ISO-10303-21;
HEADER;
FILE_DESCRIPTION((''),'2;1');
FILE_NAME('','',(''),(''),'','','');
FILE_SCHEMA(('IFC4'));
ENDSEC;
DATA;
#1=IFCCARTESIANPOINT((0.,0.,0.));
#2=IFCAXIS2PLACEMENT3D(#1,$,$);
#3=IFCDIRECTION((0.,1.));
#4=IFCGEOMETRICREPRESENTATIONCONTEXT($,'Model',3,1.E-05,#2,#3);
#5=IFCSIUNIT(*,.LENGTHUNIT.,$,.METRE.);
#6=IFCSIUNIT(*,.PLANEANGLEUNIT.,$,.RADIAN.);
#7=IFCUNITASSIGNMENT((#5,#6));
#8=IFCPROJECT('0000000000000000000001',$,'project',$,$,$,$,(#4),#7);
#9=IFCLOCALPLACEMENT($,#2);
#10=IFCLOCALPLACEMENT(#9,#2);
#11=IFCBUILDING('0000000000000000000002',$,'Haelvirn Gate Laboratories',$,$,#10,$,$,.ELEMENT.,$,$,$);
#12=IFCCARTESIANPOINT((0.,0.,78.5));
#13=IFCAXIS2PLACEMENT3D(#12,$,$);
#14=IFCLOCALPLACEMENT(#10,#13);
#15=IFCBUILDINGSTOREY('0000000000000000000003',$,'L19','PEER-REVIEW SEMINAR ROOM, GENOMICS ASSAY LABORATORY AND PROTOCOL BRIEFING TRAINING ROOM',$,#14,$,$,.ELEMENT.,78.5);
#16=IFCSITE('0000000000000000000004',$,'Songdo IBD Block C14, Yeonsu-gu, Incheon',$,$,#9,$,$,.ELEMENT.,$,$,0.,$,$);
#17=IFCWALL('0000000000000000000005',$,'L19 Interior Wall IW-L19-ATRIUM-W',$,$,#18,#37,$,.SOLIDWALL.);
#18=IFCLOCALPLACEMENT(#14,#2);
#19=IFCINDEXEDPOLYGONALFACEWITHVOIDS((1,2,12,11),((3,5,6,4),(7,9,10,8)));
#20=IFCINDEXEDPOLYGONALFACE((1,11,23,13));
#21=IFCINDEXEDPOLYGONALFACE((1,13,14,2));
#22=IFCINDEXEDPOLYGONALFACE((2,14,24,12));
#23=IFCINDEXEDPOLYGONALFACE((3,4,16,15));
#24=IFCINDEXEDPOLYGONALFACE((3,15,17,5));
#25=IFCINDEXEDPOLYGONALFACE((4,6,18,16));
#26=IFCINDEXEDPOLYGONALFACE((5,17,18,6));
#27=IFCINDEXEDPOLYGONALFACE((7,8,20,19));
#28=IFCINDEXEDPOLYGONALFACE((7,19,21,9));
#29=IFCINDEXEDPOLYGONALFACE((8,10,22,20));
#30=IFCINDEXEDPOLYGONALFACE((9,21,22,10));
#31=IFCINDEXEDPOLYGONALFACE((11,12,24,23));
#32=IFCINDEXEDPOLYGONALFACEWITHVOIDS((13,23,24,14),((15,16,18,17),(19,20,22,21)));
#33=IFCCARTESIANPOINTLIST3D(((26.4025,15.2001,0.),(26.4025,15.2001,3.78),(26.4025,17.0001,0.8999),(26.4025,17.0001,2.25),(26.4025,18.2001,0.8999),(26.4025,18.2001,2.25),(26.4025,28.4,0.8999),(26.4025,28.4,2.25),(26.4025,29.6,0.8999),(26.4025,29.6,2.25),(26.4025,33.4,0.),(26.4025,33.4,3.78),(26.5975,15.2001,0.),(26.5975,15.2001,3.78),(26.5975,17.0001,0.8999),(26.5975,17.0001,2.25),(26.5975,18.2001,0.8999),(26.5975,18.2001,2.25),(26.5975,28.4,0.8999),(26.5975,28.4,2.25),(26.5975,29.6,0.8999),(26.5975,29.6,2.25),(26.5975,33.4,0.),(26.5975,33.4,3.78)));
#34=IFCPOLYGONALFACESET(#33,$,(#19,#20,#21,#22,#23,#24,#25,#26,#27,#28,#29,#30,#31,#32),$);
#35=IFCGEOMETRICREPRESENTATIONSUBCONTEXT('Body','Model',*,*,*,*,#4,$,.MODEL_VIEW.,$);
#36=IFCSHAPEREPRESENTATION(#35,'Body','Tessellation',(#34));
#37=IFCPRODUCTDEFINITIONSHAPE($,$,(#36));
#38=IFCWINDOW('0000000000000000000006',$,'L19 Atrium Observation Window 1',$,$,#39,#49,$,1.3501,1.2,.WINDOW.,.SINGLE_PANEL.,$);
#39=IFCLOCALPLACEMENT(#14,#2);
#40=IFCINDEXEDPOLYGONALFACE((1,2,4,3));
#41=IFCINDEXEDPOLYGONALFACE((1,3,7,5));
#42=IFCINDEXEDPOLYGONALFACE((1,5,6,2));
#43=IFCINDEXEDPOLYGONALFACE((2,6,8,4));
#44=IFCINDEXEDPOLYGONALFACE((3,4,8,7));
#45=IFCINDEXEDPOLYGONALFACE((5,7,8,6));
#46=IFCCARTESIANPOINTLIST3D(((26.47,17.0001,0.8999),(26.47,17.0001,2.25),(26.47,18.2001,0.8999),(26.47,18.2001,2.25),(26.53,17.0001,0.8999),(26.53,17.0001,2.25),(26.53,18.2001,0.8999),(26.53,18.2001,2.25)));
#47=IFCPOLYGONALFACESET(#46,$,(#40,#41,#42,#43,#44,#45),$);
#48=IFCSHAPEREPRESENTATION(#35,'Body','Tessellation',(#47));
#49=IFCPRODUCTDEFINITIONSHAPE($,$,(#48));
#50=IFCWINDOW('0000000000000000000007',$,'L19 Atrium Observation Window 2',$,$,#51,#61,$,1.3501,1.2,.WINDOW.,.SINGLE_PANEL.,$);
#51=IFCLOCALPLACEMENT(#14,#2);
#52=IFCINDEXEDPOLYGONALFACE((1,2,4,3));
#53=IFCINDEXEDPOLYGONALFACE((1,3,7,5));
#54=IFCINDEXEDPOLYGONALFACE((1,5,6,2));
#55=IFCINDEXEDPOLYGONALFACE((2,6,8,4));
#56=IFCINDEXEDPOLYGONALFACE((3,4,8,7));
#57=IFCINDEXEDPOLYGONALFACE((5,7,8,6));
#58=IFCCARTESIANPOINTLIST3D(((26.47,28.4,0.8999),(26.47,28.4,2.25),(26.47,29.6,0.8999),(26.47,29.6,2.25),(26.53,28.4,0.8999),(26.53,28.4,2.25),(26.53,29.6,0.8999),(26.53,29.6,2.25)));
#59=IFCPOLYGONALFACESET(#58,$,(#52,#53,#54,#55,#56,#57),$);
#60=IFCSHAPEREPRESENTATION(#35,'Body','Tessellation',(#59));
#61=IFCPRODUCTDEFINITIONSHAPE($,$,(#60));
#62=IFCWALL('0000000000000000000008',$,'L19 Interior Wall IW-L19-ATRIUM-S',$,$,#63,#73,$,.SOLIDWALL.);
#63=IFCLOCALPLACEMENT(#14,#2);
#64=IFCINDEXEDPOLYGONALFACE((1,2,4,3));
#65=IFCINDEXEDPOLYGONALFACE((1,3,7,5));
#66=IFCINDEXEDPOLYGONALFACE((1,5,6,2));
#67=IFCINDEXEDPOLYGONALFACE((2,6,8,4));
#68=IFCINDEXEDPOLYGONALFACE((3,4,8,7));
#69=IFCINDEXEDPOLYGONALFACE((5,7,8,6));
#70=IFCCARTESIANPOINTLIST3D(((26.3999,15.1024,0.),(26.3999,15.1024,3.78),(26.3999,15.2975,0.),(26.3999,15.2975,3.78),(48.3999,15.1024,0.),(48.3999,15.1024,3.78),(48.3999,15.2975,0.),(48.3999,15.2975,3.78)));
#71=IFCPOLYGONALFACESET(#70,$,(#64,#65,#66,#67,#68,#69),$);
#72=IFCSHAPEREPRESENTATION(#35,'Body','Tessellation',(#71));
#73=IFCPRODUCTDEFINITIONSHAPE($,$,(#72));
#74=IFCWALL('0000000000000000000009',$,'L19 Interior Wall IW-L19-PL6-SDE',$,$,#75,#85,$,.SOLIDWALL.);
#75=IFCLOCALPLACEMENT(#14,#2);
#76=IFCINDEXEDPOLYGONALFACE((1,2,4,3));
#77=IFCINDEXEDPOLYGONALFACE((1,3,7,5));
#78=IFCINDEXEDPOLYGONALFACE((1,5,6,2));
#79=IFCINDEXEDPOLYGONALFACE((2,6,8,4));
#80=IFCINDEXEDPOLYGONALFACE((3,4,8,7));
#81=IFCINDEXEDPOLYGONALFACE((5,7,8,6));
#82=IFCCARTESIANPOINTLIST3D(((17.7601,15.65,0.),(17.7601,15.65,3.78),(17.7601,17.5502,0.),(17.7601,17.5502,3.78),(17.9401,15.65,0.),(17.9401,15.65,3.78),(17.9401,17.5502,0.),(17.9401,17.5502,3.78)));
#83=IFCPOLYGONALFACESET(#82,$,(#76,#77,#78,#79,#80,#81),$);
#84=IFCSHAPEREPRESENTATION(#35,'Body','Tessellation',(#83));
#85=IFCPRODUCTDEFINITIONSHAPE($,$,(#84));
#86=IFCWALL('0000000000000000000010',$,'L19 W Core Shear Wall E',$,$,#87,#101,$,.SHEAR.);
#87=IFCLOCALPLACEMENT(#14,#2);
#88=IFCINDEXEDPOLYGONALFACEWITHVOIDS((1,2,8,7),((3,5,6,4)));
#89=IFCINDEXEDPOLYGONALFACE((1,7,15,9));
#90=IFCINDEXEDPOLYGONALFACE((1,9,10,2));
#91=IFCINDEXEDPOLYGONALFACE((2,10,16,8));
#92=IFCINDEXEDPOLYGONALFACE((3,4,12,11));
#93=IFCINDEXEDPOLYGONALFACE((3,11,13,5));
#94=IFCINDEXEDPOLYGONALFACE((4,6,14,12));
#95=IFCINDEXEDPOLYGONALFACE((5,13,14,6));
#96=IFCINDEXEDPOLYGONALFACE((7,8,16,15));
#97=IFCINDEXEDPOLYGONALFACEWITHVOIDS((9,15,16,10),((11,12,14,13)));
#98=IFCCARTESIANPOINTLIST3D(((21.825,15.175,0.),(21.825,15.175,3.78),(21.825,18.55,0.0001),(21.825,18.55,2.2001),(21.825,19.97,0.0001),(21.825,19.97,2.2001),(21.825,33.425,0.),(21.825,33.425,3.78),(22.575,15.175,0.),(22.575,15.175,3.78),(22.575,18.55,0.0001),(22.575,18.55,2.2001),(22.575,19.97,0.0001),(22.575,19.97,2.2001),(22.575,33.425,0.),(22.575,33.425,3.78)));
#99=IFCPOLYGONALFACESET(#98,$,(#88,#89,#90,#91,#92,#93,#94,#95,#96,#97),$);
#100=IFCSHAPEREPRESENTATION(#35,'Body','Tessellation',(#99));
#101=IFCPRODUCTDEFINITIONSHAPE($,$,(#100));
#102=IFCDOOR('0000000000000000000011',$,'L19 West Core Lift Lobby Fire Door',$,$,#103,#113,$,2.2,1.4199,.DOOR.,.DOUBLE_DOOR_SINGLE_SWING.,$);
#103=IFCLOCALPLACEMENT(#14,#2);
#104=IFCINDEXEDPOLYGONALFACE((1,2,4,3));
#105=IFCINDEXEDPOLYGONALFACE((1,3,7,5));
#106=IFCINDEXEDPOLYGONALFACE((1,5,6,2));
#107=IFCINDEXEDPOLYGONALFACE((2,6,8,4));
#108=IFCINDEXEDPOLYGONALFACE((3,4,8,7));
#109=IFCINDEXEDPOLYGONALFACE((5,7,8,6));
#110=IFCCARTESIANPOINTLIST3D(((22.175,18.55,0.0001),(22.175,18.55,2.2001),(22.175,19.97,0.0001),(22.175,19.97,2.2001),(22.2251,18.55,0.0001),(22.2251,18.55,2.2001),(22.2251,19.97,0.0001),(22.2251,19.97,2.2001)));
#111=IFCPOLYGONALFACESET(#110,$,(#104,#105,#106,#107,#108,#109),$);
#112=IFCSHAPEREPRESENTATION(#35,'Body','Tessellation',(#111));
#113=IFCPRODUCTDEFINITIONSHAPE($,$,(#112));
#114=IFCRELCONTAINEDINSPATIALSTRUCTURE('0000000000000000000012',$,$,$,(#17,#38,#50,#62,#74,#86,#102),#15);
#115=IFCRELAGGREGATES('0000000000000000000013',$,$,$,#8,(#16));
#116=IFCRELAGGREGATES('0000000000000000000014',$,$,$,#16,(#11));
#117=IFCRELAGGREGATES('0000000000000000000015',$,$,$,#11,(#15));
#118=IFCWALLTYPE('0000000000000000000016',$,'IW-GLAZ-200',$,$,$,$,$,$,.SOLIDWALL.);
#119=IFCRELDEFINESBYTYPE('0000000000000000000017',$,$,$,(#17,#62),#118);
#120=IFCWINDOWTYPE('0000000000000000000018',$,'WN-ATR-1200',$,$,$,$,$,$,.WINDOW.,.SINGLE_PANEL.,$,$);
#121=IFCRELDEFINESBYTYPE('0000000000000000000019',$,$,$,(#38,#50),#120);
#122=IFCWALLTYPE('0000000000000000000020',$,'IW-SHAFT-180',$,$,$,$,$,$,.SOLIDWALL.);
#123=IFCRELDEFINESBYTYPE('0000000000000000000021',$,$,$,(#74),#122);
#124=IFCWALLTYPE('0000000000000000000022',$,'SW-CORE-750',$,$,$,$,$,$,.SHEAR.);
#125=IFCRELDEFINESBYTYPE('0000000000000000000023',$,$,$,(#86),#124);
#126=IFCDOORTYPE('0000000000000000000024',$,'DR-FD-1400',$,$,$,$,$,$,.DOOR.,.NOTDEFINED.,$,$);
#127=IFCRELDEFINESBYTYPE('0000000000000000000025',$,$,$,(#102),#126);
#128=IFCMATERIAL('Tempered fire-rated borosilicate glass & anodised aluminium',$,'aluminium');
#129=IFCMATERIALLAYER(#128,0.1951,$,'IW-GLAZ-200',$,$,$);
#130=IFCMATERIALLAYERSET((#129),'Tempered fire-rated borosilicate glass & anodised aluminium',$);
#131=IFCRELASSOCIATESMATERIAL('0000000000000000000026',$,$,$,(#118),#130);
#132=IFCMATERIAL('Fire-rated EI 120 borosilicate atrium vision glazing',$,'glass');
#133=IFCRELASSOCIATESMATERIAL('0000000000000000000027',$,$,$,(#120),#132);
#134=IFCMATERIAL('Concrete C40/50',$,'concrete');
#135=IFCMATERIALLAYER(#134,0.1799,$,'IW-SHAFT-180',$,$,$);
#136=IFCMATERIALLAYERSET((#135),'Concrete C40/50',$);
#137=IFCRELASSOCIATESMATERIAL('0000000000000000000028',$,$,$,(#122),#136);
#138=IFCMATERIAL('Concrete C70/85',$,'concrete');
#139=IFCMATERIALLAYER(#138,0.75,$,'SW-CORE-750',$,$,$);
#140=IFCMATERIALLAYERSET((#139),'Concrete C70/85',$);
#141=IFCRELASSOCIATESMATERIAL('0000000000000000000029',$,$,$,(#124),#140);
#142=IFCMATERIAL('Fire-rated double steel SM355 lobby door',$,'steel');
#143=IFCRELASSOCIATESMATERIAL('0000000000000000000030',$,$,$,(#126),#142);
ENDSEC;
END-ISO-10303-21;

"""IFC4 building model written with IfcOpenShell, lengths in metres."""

from ifc_helpers import new_model, si_unit, direction, frame, frame_2d, origin, place, context, subcontext, project, spatial, rectangle, extrude, source, transform, mapped, material, layer, layer_set, type_object, type_shapes, element, fill, save


model = new_model("IFC4")

# Units and contexts
model_context = context("Model", 3, precision=1e-05, world=origin(), true_north=direction((0.0, 1.0)))
body_context = subcontext(model_context, "Body", "Model", "MODEL_VIEW")
ifc_project = project(units=[si_unit("LENGTHUNIT", "METRE"), si_unit("PLANEANGLEUNIT", "RADIAN")], contexts=[model_context])

# Site, building, storey
site_placement = place(None, origin())
site = spatial("IfcSite", under=ifc_project, at=site_placement, Name="Songdo IBD Block C14, Yeonsu-gu, Incheon", CompositionType="ELEMENT", RefElevation=0.0)
building_placement = place(site_placement, origin())
building = spatial("IfcBuilding", under=site, at=building_placement, Name="Haelvirn Gate Laboratories", CompositionType="ELEMENT")
storey_placement = place(building_placement, frame((0.0, 0.0, 78.5)))
storey = spatial("IfcBuildingStorey", under=building, at=storey_placement, Name="L19", Description="PEER-REVIEW SEMINAR ROOM, GENOMICS ASSAY LABORATORY AND PROTOCOL BRIEFING TRAINING ROOM", CompositionType="ELEMENT", Elevation=78.5)

# Shared definitions
ifc_material_1 = material(Name="Concrete C70/85", Category="concrete")

# Wall, openings, windows
ifc_material_2 = material(Name="Tempered fire-rated borosilicate glass & anodised aluminium", Category="aluminium")
ifc_layer_1 = layer(ifc_material_2, 0.1951, Name="IW-GLAZ-200")
ifc_layer_set_1 = layer_set([ifc_layer_1], Name="Tempered fire-rated borosilicate glass & anodised aluminium")
wall_type_1 = type_object("IfcWallType", Name="IW-GLAZ-200", PredefinedType="SOLIDWALL", material=ifc_layer_set_1)
wall_1_placement = place(storey_placement, frame((26.5, 15.2, 0.0), z_axis=(0.0, 0.0, 1.0), x_axis=(0.0, 1.0, 0.0)))
wall_1 = element("IfcWall", 1, at=wall_1_placement, inside=storey, type_object=wall_type_1, Name="L19 Interior Wall IW-L19-ATRIUM-W", PredefinedType="SOLIDWALL", context=body_context, shape_type="SweptSolid", body=[
    extrude(rectangle(XDim=18.2, YDim=0.1951, at=frame_2d((9.1001, 0.0))), origin(), (0.0, 0.0, 1.0), 3.78),
])
opening_1_placement = place(wall_1_placement, frame((1.8, 0.0, 0.8999)))
opening_1 = element("IfcOpeningElement", 2, at=opening_1_placement, cuts=wall_1, PredefinedType="OPENING", context=body_context, shape_type="SweptSolid", body=[
    extrude(rectangle(XDim=1.2, YDim=1.3501, at=frame_2d((0.6001, 0.675))), frame((0.0, 0.1074, 0.0), z_axis=(0.0, -1.0, 0.0), x_axis=(1.0, 0.0, 0.0)), (0.0, 0.0, 1.0), 0.2151),
])
opening_2_placement = place(wall_1_placement, frame((13.2, 0.0, 0.8999)))
opening_2 = element("IfcOpeningElement", 3, at=opening_2_placement, cuts=wall_1, PredefinedType="OPENING", context=body_context, shape_type="SweptSolid", body=[
    extrude(rectangle(XDim=1.2, YDim=1.3501, at=frame_2d((0.6001, 0.675))), frame((0.0, 0.1074, 0.0), z_axis=(0.0, -1.0, 0.0), x_axis=(1.0, 0.0, 0.0)), (0.0, 0.0, 1.0), 0.2151),
])
ifc_material_3 = material(Name="Fire-rated EI 120 borosilicate atrium vision glazing", Category="glass")
window_type = type_object("IfcWindowType", Name="WN-ATR-1200", PartitioningType="SINGLE_PANEL", PredefinedType="WINDOW", material=ifc_material_3)
shared_shape_1 = source(origin(), body_context, "Body", "SweptSolid", [
    extrude(rectangle(XDim=1.2, YDim=1.3501, at=frame_2d((0.6001, 0.675))), frame((0.0, 0.03, 0.0), z_axis=(0.0, -1.0, 0.0), x_axis=(1.0, 0.0, 0.0)), (0.0, 0.0, 1.0), 0.0601),
])
type_shapes(window_type, [shared_shape_1])
window_1_placement = place(opening_1_placement, origin())
window_1 = element("IfcWindow", 4, at=window_1_placement, inside=storey, type_object=window_type, Name="L19 Atrium Observation Window 1", OverallHeight=1.3501, OverallWidth=1.2, PartitioningType="SINGLE_PANEL", PredefinedType="WINDOW", context=body_context, shape_type="MappedRepresentation", body=[
    mapped(shared_shape_1, transform((0.0, 0.0, 0.0), scale=1.0)),
])
fill(opening_1, window_1)
window_2_placement = place(opening_2_placement, origin())
window_2 = element("IfcWindow", 5, at=window_2_placement, inside=storey, type_object=window_type, Name="L19 Atrium Observation Window 2", OverallHeight=1.3501, OverallWidth=1.2, PartitioningType="SINGLE_PANEL", PredefinedType="WINDOW", context=body_context, shape_type="MappedRepresentation", body=[
    mapped(shared_shape_1, transform((0.0, 0.0, 0.0), scale=1.0)),
])
fill(opening_2, window_2)

# Walls
wall_2_placement = place(storey_placement, frame((26.3999, 15.2, 0.0), z_axis=(0.0, 0.0, 1.0), x_axis=(1.0, 0.0, 0.0)))
element("IfcWall", 6, at=wall_2_placement, inside=storey, type_object=wall_type_1, Name="L19 Interior Wall IW-L19-ATRIUM-S", PredefinedType="SOLIDWALL", context=body_context, shape_type="SweptSolid", body=[
    extrude(rectangle(XDim=22.0, YDim=0.1951, at=frame_2d((11.0, 0.0))), origin(), (0.0, 0.0, 1.0), 3.78),
])
ifc_material_4 = material(Name="Concrete C40/50", Category="concrete")
ifc_layer_2 = layer(ifc_material_4, 0.1799, Name="IW-SHAFT-180")
ifc_layer_set_2 = layer_set([ifc_layer_2], Name="Concrete C40/50")
wall_type_2 = type_object("IfcWallType", Name="IW-SHAFT-180", PredefinedType="SOLIDWALL", material=ifc_layer_set_2)
wall_3_placement = place(storey_placement, frame((17.8501, 15.6499, 0.0), z_axis=(0.0, 0.0, 1.0), x_axis=(0.0, 1.0, 0.0)))
element("IfcWall", 7, at=wall_3_placement, inside=storey, type_object=wall_type_2, Name="L19 Interior Wall IW-L19-PL6-SDE", PredefinedType="SOLIDWALL", context=body_context, shape_type="SweptSolid", body=[
    extrude(rectangle(XDim=1.9001, YDim=0.1799, at=frame_2d((0.9502, 0.0))), origin(), (0.0, 0.0, 1.0), 3.78),
])

# Wall, opening, door
ifc_layer_3 = layer(ifc_material_1, 0.75, Name="SW-CORE-750")
ifc_layer_set_3 = layer_set([ifc_layer_3], Name="Concrete C70/85")
wall_type_3 = type_object("IfcWallType", Name="SW-CORE-750", PredefinedType="SHEAR", material=ifc_layer_set_3)
wall_4_placement = place(storey_placement, frame((22.2, 15.175, 0.0), z_axis=(0.0, 0.0, 1.0), x_axis=(0.0, 1.0, 0.0)))
wall_4 = element("IfcWall", 8, at=wall_4_placement, inside=storey, type_object=wall_type_3, Name="L19 W Core Shear Wall E", PredefinedType="SHEAR", context=body_context, shape_type="SweptSolid", body=[
    extrude(rectangle(XDim=18.25, YDim=0.75, at=frame_2d((9.125, 0.0))), origin(), (0.0, 0.0, 1.0), 3.78),
])
opening_3_placement = place(wall_4_placement, frame((3.375, 0.0, 0.0)))
opening_3 = element("IfcOpeningElement", 9, at=opening_3_placement, cuts=wall_4, PredefinedType="OPENING", context=body_context, shape_type="SweptSolid", body=[
    extrude(rectangle(XDim=1.4199, YDim=2.2, at=frame_2d((0.71, 1.1001))), frame((0.0, 0.385, 0.0), z_axis=(0.0, -1.0, 0.0), x_axis=(1.0, 0.0, 0.0)), (0.0, 0.0, 1.0), 0.77),
])
ifc_material_5 = material(Name="Fire-rated double steel SM355 lobby door", Category="steel")
door_type = type_object("IfcDoorType", Name="DR-FD-1400", OperationType="NOTDEFINED", PredefinedType="DOOR", material=ifc_material_5)
shared_shape_2 = source(origin(), body_context, "Body", "SweptSolid", [
    extrude(rectangle(XDim=1.4199, YDim=2.2, at=frame_2d((0.71, 1.1001))), frame((0.0, 0.0249, 0.0), z_axis=(0.0, -1.0, 0.0), x_axis=(1.0, 0.0, 0.0)), (0.0, 0.0, 1.0), 0.05),
])
type_shapes(door_type, [shared_shape_2])
door_placement = place(opening_3_placement, origin())
door = element("IfcDoor", 10, at=door_placement, inside=storey, type_object=door_type, Name="L19 West Core Lift Lobby Fire Door", OperationType="DOUBLE_DOOR_SINGLE_SWING", OverallHeight=2.2, OverallWidth=1.4199, PredefinedType="DOOR", context=body_context, shape_type="MappedRepresentation", body=[
    mapped(shared_shape_2, transform((0.0, 0.0, 0.0), scale=1.0)),
])
fill(opening_3, door)

save(model, "model.ifc")
